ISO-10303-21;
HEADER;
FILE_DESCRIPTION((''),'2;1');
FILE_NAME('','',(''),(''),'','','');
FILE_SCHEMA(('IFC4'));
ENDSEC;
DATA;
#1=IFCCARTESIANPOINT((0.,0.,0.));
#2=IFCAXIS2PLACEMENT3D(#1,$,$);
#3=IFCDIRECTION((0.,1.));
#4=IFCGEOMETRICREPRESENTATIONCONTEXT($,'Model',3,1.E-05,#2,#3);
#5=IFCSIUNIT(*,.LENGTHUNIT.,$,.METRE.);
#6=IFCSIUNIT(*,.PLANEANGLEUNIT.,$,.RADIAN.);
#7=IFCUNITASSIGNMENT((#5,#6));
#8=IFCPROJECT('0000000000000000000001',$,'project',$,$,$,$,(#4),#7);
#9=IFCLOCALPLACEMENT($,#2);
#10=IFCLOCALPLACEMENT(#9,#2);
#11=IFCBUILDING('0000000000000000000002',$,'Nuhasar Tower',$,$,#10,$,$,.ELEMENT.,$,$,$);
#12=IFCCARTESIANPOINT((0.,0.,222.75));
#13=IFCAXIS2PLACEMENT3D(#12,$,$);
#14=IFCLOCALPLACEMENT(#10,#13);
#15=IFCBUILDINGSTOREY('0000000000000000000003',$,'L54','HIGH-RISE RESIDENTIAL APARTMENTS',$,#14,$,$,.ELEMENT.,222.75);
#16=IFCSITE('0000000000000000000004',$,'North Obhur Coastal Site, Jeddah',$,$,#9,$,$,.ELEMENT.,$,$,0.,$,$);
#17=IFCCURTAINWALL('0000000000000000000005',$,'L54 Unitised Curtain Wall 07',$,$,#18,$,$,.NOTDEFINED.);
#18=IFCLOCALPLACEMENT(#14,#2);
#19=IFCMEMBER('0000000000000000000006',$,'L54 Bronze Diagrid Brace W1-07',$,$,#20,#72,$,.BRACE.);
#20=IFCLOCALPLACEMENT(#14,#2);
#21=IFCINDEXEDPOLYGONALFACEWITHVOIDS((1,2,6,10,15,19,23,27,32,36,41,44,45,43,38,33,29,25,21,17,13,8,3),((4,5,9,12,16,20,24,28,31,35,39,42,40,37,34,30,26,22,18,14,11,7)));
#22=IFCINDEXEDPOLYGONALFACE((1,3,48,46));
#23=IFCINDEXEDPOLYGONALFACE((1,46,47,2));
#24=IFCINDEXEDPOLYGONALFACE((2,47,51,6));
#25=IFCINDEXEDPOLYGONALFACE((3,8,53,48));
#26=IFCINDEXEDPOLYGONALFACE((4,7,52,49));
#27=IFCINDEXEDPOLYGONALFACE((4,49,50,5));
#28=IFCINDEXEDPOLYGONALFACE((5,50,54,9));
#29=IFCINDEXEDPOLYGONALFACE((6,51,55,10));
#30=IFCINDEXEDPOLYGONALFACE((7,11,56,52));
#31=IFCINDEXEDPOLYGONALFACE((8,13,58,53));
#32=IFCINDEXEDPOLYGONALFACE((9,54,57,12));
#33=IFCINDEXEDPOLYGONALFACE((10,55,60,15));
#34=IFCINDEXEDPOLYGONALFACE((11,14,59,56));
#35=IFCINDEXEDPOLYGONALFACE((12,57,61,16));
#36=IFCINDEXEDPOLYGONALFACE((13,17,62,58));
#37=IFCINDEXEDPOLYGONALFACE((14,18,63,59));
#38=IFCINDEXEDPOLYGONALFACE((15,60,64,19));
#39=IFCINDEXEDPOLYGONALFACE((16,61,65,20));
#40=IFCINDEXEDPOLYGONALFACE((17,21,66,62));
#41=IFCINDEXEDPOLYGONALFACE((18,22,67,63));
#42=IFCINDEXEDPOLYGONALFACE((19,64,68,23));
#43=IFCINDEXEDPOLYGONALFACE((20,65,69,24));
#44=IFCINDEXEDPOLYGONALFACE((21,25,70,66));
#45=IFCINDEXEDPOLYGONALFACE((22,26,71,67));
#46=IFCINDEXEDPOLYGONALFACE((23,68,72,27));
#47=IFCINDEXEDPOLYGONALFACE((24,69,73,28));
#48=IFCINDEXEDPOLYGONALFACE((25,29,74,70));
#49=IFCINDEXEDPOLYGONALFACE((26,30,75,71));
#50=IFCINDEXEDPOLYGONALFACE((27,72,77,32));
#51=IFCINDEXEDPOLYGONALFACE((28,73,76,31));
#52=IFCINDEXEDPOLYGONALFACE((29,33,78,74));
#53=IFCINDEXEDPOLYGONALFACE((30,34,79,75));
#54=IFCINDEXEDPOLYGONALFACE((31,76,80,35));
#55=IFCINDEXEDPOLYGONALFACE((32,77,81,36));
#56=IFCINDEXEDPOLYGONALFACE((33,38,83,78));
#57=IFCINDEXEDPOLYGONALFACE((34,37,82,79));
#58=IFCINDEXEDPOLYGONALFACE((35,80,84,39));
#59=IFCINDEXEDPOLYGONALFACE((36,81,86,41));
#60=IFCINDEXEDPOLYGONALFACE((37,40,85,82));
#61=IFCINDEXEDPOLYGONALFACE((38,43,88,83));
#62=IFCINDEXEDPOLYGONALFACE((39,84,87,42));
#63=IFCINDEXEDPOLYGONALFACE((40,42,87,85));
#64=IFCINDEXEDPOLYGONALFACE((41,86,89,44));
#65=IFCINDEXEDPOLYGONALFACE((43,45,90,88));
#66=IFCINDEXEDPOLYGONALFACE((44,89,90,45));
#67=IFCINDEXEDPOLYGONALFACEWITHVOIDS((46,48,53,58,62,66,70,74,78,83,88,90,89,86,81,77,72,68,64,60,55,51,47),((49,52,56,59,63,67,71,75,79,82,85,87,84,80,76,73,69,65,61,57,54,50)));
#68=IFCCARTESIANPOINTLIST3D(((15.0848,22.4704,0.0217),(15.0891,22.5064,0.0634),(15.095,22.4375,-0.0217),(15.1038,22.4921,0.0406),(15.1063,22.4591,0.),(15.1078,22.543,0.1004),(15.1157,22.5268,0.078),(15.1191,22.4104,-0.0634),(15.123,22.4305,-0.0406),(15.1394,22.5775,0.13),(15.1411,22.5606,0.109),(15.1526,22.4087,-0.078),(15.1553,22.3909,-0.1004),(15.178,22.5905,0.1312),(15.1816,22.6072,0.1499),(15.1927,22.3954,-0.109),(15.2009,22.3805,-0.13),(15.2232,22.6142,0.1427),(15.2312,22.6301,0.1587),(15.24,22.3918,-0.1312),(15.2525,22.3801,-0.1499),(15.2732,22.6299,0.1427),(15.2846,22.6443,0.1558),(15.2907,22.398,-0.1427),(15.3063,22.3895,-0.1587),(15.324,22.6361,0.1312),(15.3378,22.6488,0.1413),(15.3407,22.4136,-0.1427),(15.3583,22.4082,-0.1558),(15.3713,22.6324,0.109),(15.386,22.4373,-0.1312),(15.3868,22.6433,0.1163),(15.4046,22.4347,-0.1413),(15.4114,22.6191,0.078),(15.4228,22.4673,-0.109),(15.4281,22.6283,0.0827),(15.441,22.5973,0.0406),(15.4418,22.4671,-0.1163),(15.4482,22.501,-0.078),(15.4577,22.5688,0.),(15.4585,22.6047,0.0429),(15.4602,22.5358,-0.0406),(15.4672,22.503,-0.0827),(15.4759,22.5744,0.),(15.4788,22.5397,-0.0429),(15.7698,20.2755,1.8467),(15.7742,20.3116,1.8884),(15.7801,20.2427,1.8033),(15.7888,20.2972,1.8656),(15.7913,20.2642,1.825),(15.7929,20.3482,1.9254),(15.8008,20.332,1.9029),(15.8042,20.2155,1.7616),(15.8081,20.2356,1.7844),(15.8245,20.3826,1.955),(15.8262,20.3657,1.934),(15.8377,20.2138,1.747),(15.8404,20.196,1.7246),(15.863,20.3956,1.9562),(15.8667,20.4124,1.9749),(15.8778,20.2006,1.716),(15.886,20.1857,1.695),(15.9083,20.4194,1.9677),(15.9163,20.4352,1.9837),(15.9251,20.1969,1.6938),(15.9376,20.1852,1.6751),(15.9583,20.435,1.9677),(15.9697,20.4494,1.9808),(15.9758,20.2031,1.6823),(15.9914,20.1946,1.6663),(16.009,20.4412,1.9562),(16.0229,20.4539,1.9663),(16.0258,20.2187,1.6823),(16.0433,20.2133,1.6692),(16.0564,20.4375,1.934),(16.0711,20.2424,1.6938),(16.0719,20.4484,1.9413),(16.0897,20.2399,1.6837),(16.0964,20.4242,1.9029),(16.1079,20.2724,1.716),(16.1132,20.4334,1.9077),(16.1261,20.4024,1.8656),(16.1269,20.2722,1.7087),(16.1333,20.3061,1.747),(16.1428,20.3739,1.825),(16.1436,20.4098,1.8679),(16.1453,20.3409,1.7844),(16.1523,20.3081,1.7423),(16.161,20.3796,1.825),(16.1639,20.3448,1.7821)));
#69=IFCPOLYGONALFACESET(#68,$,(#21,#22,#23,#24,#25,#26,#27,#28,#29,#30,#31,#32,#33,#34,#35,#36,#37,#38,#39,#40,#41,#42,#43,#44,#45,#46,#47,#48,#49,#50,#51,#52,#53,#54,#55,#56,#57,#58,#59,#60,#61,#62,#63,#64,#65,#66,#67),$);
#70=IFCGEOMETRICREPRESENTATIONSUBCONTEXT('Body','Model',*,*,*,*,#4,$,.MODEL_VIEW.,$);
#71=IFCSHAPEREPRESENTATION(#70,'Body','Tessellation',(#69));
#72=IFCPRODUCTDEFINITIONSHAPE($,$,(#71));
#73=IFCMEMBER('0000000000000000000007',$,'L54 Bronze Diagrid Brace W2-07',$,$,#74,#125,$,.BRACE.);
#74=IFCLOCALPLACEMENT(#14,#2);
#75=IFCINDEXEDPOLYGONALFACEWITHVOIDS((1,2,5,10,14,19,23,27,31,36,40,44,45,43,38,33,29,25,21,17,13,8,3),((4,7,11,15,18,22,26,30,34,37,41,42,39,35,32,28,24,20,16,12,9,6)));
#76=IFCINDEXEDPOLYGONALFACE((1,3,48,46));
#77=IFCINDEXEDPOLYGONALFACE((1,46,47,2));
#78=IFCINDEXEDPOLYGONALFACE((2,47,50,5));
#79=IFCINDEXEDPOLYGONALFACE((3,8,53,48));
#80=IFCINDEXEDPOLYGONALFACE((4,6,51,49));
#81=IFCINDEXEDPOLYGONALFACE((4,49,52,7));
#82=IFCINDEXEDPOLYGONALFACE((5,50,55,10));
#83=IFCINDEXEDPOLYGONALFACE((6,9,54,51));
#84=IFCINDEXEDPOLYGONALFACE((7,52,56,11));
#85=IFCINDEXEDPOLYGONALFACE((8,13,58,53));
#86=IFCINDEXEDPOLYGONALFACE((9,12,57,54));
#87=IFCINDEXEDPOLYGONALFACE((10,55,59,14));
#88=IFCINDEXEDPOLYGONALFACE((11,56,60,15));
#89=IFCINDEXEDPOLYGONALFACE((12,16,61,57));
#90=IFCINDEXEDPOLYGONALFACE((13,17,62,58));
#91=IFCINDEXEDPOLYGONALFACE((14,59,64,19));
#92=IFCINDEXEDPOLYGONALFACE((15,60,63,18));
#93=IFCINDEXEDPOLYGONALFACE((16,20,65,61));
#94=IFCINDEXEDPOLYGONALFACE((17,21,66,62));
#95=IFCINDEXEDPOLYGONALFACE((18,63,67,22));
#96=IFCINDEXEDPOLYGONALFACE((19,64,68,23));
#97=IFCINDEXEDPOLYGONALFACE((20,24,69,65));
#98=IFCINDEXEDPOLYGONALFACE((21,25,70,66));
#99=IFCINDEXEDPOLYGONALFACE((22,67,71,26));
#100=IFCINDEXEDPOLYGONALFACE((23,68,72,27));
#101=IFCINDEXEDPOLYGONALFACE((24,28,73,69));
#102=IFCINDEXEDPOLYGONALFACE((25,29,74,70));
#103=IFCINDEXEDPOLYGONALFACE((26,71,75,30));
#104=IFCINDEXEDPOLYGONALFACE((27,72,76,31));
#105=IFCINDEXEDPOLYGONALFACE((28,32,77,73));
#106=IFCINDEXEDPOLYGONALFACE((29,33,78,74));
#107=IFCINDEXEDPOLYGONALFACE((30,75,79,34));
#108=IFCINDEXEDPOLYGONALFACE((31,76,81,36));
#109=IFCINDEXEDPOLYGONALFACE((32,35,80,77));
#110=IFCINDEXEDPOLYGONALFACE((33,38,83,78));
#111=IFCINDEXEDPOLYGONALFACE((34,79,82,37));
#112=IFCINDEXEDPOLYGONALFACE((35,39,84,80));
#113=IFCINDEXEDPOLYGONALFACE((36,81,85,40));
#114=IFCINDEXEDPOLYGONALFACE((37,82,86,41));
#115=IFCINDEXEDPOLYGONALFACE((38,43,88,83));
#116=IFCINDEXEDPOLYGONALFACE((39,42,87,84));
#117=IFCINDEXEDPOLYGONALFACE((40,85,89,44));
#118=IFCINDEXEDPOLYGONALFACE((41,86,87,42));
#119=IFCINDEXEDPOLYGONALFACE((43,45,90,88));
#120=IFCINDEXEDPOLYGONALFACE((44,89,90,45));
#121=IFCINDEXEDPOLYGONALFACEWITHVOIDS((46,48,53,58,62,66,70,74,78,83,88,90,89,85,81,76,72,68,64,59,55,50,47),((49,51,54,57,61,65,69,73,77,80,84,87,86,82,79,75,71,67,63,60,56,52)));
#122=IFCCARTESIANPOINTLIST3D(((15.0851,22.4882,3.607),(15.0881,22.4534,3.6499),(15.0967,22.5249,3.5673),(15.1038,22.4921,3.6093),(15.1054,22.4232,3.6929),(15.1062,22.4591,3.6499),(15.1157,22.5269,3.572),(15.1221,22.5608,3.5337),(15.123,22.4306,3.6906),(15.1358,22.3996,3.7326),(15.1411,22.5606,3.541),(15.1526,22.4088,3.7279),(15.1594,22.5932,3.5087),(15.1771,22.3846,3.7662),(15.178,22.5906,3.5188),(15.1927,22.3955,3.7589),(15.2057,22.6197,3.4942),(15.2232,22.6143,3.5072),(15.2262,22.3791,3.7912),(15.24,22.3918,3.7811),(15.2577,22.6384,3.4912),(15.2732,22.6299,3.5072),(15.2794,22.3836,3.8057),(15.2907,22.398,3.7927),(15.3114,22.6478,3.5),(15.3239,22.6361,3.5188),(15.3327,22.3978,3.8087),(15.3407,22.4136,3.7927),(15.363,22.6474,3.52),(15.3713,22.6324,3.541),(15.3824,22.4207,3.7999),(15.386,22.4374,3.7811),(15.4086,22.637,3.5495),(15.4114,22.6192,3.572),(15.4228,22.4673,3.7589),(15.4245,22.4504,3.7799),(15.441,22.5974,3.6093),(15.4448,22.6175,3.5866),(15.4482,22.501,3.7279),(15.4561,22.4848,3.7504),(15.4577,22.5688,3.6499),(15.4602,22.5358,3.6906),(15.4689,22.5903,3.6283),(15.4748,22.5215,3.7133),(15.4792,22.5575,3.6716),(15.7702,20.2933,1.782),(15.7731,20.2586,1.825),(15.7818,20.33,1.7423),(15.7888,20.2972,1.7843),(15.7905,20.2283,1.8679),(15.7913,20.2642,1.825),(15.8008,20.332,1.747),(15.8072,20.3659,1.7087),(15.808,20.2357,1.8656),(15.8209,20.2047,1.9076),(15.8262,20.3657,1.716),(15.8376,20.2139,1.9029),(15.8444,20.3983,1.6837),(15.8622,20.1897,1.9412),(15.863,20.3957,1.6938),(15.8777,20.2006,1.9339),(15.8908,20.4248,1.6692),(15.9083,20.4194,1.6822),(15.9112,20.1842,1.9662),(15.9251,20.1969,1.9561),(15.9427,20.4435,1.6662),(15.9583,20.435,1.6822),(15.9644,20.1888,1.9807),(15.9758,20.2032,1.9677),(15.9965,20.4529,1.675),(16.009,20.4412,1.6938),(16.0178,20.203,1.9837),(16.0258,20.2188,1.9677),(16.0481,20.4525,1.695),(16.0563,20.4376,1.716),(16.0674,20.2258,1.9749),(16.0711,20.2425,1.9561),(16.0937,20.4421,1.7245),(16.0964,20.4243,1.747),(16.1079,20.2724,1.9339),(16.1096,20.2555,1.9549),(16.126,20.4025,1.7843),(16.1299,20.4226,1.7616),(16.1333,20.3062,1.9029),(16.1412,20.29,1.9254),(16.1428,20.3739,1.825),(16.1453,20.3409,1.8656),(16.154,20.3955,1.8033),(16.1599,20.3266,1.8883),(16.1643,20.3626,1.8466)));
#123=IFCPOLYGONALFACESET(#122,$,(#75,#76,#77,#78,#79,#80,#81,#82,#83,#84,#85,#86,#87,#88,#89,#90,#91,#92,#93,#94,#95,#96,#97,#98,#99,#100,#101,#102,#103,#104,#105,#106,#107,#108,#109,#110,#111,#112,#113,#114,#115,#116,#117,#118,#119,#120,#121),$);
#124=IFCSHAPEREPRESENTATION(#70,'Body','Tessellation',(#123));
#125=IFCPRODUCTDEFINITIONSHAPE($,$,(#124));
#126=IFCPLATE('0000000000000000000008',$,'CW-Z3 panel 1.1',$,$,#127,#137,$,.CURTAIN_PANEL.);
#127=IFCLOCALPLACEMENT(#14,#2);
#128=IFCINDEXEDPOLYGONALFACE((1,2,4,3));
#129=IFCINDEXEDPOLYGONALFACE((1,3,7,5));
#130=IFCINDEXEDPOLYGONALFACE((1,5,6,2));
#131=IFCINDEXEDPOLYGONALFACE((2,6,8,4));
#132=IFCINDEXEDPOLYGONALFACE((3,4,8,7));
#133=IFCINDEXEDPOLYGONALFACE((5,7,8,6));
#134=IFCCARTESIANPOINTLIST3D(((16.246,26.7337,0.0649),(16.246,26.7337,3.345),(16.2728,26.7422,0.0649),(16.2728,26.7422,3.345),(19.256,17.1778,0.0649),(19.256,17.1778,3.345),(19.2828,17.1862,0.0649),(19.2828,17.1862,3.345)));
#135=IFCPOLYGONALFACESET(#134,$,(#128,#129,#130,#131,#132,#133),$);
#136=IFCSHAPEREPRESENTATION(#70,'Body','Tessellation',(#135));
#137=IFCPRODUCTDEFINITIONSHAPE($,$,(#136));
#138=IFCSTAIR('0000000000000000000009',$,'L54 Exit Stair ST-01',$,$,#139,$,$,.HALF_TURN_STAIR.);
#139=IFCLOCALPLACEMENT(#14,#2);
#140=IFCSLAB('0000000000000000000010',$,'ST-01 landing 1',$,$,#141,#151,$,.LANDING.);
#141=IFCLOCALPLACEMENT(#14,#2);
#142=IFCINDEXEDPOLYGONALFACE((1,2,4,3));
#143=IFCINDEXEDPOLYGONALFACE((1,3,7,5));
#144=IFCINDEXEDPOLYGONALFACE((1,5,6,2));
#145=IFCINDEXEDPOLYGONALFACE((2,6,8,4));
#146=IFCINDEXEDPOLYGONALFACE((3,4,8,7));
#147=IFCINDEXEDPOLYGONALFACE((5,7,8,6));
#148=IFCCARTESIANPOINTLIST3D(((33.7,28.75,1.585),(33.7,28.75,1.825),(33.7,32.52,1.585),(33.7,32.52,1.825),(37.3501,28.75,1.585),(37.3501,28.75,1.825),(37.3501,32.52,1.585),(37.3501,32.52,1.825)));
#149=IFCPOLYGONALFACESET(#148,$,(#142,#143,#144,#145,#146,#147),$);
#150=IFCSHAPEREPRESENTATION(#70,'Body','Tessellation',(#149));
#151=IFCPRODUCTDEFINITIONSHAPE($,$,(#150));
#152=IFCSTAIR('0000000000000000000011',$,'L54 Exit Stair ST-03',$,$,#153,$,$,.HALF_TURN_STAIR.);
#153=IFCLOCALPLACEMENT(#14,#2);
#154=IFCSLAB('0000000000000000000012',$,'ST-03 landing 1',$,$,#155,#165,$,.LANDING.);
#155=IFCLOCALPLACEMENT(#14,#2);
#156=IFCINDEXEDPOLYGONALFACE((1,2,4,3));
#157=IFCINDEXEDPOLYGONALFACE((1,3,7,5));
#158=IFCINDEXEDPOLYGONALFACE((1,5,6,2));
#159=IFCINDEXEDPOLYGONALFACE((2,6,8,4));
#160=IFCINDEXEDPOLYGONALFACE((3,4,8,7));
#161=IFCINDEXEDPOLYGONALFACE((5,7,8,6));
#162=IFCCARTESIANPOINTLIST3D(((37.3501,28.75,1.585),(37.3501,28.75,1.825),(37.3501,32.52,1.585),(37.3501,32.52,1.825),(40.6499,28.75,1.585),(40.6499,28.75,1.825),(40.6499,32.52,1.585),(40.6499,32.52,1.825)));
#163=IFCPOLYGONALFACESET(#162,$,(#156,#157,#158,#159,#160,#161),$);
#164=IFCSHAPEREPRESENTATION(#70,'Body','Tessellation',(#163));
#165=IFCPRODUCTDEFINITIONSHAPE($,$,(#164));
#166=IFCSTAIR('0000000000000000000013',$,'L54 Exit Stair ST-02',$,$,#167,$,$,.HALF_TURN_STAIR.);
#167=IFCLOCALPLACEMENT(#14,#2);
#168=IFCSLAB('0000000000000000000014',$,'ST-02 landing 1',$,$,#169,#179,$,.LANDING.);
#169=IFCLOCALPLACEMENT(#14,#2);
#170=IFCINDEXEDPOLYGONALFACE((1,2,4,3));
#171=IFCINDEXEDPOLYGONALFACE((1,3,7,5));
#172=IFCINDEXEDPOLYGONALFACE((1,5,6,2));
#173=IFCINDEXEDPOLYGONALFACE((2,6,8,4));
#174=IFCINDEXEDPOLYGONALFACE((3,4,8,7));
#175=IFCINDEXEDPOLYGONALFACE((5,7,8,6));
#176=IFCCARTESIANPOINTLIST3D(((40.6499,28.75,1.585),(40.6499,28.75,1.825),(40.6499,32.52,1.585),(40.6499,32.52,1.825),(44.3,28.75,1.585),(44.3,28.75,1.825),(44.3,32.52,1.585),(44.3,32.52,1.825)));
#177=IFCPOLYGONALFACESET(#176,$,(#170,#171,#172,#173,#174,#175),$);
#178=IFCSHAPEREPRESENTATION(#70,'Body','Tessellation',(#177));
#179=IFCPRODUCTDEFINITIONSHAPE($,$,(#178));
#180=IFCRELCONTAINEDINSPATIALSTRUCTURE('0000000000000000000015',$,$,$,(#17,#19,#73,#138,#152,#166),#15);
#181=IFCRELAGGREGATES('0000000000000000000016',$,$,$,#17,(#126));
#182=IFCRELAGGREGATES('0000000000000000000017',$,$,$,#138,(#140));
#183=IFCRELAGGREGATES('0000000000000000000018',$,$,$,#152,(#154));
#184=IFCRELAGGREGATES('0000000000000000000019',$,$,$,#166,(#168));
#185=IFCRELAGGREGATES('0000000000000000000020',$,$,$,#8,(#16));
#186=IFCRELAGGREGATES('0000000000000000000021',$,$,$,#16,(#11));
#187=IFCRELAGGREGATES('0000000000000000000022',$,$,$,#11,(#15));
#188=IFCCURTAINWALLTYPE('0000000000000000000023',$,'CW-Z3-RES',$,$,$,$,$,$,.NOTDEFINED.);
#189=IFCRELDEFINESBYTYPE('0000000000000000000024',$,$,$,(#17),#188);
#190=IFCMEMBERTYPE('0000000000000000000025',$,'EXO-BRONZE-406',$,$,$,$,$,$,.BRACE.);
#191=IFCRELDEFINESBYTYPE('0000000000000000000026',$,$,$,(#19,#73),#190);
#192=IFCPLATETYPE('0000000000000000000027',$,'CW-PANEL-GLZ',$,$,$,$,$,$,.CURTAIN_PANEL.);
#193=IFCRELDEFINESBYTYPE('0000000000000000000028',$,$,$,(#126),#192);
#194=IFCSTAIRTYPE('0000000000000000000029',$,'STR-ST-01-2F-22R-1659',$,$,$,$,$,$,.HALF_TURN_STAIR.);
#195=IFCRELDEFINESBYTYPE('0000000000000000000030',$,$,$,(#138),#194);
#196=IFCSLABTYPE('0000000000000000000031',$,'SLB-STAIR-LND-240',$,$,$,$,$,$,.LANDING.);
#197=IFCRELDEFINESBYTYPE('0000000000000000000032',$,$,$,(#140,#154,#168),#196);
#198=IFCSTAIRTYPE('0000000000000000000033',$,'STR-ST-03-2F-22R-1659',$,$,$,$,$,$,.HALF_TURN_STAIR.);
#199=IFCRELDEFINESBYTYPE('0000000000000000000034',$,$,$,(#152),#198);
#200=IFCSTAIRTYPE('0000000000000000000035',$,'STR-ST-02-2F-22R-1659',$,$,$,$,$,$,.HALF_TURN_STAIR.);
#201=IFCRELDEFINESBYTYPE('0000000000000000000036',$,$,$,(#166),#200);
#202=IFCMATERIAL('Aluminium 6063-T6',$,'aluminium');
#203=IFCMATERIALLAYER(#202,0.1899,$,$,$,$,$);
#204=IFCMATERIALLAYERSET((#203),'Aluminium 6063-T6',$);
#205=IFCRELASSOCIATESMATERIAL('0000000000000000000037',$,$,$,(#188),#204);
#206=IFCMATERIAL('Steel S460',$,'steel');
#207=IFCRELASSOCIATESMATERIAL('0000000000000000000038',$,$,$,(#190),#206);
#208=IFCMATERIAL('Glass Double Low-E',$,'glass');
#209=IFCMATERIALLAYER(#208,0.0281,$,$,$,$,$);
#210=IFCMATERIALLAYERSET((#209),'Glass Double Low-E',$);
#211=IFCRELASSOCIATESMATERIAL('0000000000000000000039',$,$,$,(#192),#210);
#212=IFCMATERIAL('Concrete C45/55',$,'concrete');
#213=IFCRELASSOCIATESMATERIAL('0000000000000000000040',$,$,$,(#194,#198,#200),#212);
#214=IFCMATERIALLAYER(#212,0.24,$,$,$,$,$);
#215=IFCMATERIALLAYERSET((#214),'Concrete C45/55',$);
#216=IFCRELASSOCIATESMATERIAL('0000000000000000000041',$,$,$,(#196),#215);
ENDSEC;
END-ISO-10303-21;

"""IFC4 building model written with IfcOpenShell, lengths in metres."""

from ifc_helpers import new_model, si_unit, direction, frame, origin, origin_2d, place, context, subcontext, project, spatial, polyline, rectangle, hollow_circle, outline, extrude, material, layer, layer_set, material_profile, profile_set, type_object, element, aggregate, save


model = new_model("IFC4")

# Units and contexts
model_context = context("Model", 3, precision=1e-05, world=origin(), true_north=direction((0.0, 1.0)))
body_context = subcontext(model_context, "Body", "Model", "MODEL_VIEW")
ifc_project = project(units=[si_unit("LENGTHUNIT", "METRE"), si_unit("PLANEANGLEUNIT", "RADIAN")], contexts=[model_context])

# Site, building, storey
site_placement = place(None, origin())
site = spatial("IfcSite", under=ifc_project, at=site_placement, Name="North Obhur Coastal Site, Jeddah", CompositionType="ELEMENT", RefElevation=0.0)
building_placement = place(site_placement, origin())
building = spatial("IfcBuilding", under=site, at=building_placement, Name="Nuhasar Tower", CompositionType="ELEMENT")
storey_placement = place(building_placement, frame((0.0, 0.0, 222.75)))
storey = spatial("IfcBuildingStorey", under=building, at=storey_placement, Name="L54", Description="HIGH-RISE RESIDENTIAL APARTMENTS", CompositionType="ELEMENT", Elevation=222.75)

# Curtain wall
ifc_material_1 = material(Name="Aluminium 6063-T6", Category="aluminium")
ifc_layer_1 = layer(ifc_material_1, 0.1899)
ifc_layer_set_1 = layer_set([ifc_layer_1], Name="Aluminium 6063-T6")
curtain_wall_type = type_object("IfcCurtainWallType", Name="CW-Z3-RES", PredefinedType="NOTDEFINED", material=ifc_layer_set_1)
curtain_wall_1_placement = place(storey_placement, origin())
curtain_wall_1 = element("IfcCurtainWall", 1, at=curtain_wall_1_placement, inside=storey, type_object=curtain_wall_type, Name="L54 Unitised Curtain Wall 07", PredefinedType="NOTDEFINED")

# Members
ifc_material_2 = material(Name="Steel S460", Category="steel")
ifc_material_profile_1 = material_profile(ifc_material_2, hollow_circle(Radius=0.2031, WallThickness=0.019, at=origin_2d()), Name="HSS406.4X19.1")
ifc_profile_set_1 = profile_set([ifc_material_profile_1], Name="Steel S460")
member_type_1 = type_object("IfcMemberType", Name="EXO-BRONZE-406", PredefinedType="BRACE", material=ifc_profile_set_1)
for number, where, z_axis, x_axis, name in (
    (2, (15.282, 22.5139, 0.0), (0.233372, -0.74769, 0.621689), (0.954582, 0.297948, 0.0), "L54 Bronze Diagrid Brace W1-07"),
    (3, (15.967, 20.3191, 1.825), (-0.233372, 0.74769, 0.621689), (-0.954582, -0.297948, 0.0), "L54 Bronze Diagrid Brace W2-07"),
):
    element("IfcMember", number, at=place(storey_placement, frame(where, z_axis=z_axis, x_axis=x_axis)), inside=storey, type_object=member_type_1, Name=name, PredefinedType="BRACE", context=body_context, shape_type="SweptSolid", body=[
        extrude(hollow_circle(Radius=0.2031, WallThickness=0.019, at=origin_2d()), origin(), (0.0, 0.0, 1.0), 2.9355),
    ])

# Plate
ifc_material_3 = material(Name="Glass Double Low-E", Category="glass")
ifc_layer_2 = layer(ifc_material_3, 0.0281)
ifc_layer_set_2 = layer_set([ifc_layer_2], Name="Glass Double Low-E")
plate_type = type_object("IfcPlateType", Name="CW-PANEL-GLZ", PredefinedType="CURTAIN_PANEL", material=ifc_layer_set_2)
plate_placement = place(storey_placement, frame((17.7644, 21.96, 0.0649), z_axis=(0.0, 0.0, 1.0), x_axis=(0.300429, -0.953804, 0.0)))
plate = element("IfcPlate", 4, at=plate_placement, type_object=plate_type, Name="CW-Z3 panel 1.1", PredefinedType="CURTAIN_PANEL", context=body_context, shape_type="SweptSolid", body=[
    extrude(rectangle(XDim=10.0188, YDim=0.0281, at=origin_2d()), origin(), (0.0, 0.0, 1.0), 3.28),
])
aggregate(curtain_wall_1, [plate])

# Stairs, slabs
ifc_material_4 = material(Name="Concrete C45/55", Category="concrete")
stair_type_1 = type_object("IfcStairType", Name="STR-ST-01-2F-22R-1659", PredefinedType="HALF_TURN_STAIR", material=ifc_material_4)
stair_1_placement = place(storey_placement, origin())
stair_1 = element("IfcStair", 5, at=stair_1_placement, inside=storey, type_object=stair_type_1, Name="L54 Exit Stair ST-01", PredefinedType="HALF_TURN_STAIR")
ifc_layer_3 = layer(ifc_material_4, 0.24)
ifc_layer_set_3 = layer_set([ifc_layer_3], Name="Concrete C45/55")
slab_type_1 = type_object("IfcSlabType", Name="SLB-STAIR-LND-240", PredefinedType="LANDING", material=ifc_layer_set_3)
slab_1_placement = place(storey_placement, frame((0.0, 0.0, 1.585)))
slab_1 = element("IfcSlab", 6, at=slab_1_placement, type_object=slab_type_1, Name="ST-01 landing 1", PredefinedType="LANDING", context=body_context, shape_type="SweptSolid", body=[
    extrude(outline(polyline([(33.7, 28.75), (37.3501, 28.75), (37.3501, 32.52), (33.7, 32.52), (33.7, 28.75)])), origin(), (0.0, 0.0, 1.0), 0.24),
])
aggregate(stair_1, [slab_1])
stair_type_2 = type_object("IfcStairType", Name="STR-ST-03-2F-22R-1659", PredefinedType="HALF_TURN_STAIR", material=ifc_material_4)
stair_2_placement = place(storey_placement, origin())
stair_2 = element("IfcStair", 7, at=stair_2_placement, inside=storey, type_object=stair_type_2, Name="L54 Exit Stair ST-03", PredefinedType="HALF_TURN_STAIR")
slab_2_placement = place(storey_placement, frame((0.0, 0.0, 1.585)))
slab_2 = element("IfcSlab", 8, at=slab_2_placement, type_object=slab_type_1, Name="ST-03 landing 1", PredefinedType="LANDING", context=body_context, shape_type="SweptSolid", body=[
    extrude(outline(polyline([(37.3501, 28.75), (40.6499, 28.75), (40.6499, 32.52), (37.3501, 32.52), (37.3501, 28.75)])), origin(), (0.0, 0.0, 1.0), 0.24),
])
aggregate(stair_2, [slab_2])
stair_type_3 = type_object("IfcStairType", Name="STR-ST-02-2F-22R-1659", PredefinedType="HALF_TURN_STAIR", material=ifc_material_4)
stair_3_placement = place(storey_placement, origin())
stair_3 = element("IfcStair", 9, at=stair_3_placement, inside=storey, type_object=stair_type_3, Name="L54 Exit Stair ST-02", PredefinedType="HALF_TURN_STAIR")
slab_3_placement = place(storey_placement, frame((0.0, 0.0, 1.585)))
slab_3 = element("IfcSlab", 10, at=slab_3_placement, type_object=slab_type_1, Name="ST-02 landing 1", PredefinedType="LANDING", context=body_context, shape_type="SweptSolid", body=[
    extrude(outline(polyline([(40.6499, 28.75), (44.3, 28.75), (44.3, 32.52), (40.6499, 32.52), (40.6499, 28.75)])), origin(), (0.0, 0.0, 1.0), 0.24),
])
aggregate(stair_3, [slab_3])

save(model, "model.ifc")
